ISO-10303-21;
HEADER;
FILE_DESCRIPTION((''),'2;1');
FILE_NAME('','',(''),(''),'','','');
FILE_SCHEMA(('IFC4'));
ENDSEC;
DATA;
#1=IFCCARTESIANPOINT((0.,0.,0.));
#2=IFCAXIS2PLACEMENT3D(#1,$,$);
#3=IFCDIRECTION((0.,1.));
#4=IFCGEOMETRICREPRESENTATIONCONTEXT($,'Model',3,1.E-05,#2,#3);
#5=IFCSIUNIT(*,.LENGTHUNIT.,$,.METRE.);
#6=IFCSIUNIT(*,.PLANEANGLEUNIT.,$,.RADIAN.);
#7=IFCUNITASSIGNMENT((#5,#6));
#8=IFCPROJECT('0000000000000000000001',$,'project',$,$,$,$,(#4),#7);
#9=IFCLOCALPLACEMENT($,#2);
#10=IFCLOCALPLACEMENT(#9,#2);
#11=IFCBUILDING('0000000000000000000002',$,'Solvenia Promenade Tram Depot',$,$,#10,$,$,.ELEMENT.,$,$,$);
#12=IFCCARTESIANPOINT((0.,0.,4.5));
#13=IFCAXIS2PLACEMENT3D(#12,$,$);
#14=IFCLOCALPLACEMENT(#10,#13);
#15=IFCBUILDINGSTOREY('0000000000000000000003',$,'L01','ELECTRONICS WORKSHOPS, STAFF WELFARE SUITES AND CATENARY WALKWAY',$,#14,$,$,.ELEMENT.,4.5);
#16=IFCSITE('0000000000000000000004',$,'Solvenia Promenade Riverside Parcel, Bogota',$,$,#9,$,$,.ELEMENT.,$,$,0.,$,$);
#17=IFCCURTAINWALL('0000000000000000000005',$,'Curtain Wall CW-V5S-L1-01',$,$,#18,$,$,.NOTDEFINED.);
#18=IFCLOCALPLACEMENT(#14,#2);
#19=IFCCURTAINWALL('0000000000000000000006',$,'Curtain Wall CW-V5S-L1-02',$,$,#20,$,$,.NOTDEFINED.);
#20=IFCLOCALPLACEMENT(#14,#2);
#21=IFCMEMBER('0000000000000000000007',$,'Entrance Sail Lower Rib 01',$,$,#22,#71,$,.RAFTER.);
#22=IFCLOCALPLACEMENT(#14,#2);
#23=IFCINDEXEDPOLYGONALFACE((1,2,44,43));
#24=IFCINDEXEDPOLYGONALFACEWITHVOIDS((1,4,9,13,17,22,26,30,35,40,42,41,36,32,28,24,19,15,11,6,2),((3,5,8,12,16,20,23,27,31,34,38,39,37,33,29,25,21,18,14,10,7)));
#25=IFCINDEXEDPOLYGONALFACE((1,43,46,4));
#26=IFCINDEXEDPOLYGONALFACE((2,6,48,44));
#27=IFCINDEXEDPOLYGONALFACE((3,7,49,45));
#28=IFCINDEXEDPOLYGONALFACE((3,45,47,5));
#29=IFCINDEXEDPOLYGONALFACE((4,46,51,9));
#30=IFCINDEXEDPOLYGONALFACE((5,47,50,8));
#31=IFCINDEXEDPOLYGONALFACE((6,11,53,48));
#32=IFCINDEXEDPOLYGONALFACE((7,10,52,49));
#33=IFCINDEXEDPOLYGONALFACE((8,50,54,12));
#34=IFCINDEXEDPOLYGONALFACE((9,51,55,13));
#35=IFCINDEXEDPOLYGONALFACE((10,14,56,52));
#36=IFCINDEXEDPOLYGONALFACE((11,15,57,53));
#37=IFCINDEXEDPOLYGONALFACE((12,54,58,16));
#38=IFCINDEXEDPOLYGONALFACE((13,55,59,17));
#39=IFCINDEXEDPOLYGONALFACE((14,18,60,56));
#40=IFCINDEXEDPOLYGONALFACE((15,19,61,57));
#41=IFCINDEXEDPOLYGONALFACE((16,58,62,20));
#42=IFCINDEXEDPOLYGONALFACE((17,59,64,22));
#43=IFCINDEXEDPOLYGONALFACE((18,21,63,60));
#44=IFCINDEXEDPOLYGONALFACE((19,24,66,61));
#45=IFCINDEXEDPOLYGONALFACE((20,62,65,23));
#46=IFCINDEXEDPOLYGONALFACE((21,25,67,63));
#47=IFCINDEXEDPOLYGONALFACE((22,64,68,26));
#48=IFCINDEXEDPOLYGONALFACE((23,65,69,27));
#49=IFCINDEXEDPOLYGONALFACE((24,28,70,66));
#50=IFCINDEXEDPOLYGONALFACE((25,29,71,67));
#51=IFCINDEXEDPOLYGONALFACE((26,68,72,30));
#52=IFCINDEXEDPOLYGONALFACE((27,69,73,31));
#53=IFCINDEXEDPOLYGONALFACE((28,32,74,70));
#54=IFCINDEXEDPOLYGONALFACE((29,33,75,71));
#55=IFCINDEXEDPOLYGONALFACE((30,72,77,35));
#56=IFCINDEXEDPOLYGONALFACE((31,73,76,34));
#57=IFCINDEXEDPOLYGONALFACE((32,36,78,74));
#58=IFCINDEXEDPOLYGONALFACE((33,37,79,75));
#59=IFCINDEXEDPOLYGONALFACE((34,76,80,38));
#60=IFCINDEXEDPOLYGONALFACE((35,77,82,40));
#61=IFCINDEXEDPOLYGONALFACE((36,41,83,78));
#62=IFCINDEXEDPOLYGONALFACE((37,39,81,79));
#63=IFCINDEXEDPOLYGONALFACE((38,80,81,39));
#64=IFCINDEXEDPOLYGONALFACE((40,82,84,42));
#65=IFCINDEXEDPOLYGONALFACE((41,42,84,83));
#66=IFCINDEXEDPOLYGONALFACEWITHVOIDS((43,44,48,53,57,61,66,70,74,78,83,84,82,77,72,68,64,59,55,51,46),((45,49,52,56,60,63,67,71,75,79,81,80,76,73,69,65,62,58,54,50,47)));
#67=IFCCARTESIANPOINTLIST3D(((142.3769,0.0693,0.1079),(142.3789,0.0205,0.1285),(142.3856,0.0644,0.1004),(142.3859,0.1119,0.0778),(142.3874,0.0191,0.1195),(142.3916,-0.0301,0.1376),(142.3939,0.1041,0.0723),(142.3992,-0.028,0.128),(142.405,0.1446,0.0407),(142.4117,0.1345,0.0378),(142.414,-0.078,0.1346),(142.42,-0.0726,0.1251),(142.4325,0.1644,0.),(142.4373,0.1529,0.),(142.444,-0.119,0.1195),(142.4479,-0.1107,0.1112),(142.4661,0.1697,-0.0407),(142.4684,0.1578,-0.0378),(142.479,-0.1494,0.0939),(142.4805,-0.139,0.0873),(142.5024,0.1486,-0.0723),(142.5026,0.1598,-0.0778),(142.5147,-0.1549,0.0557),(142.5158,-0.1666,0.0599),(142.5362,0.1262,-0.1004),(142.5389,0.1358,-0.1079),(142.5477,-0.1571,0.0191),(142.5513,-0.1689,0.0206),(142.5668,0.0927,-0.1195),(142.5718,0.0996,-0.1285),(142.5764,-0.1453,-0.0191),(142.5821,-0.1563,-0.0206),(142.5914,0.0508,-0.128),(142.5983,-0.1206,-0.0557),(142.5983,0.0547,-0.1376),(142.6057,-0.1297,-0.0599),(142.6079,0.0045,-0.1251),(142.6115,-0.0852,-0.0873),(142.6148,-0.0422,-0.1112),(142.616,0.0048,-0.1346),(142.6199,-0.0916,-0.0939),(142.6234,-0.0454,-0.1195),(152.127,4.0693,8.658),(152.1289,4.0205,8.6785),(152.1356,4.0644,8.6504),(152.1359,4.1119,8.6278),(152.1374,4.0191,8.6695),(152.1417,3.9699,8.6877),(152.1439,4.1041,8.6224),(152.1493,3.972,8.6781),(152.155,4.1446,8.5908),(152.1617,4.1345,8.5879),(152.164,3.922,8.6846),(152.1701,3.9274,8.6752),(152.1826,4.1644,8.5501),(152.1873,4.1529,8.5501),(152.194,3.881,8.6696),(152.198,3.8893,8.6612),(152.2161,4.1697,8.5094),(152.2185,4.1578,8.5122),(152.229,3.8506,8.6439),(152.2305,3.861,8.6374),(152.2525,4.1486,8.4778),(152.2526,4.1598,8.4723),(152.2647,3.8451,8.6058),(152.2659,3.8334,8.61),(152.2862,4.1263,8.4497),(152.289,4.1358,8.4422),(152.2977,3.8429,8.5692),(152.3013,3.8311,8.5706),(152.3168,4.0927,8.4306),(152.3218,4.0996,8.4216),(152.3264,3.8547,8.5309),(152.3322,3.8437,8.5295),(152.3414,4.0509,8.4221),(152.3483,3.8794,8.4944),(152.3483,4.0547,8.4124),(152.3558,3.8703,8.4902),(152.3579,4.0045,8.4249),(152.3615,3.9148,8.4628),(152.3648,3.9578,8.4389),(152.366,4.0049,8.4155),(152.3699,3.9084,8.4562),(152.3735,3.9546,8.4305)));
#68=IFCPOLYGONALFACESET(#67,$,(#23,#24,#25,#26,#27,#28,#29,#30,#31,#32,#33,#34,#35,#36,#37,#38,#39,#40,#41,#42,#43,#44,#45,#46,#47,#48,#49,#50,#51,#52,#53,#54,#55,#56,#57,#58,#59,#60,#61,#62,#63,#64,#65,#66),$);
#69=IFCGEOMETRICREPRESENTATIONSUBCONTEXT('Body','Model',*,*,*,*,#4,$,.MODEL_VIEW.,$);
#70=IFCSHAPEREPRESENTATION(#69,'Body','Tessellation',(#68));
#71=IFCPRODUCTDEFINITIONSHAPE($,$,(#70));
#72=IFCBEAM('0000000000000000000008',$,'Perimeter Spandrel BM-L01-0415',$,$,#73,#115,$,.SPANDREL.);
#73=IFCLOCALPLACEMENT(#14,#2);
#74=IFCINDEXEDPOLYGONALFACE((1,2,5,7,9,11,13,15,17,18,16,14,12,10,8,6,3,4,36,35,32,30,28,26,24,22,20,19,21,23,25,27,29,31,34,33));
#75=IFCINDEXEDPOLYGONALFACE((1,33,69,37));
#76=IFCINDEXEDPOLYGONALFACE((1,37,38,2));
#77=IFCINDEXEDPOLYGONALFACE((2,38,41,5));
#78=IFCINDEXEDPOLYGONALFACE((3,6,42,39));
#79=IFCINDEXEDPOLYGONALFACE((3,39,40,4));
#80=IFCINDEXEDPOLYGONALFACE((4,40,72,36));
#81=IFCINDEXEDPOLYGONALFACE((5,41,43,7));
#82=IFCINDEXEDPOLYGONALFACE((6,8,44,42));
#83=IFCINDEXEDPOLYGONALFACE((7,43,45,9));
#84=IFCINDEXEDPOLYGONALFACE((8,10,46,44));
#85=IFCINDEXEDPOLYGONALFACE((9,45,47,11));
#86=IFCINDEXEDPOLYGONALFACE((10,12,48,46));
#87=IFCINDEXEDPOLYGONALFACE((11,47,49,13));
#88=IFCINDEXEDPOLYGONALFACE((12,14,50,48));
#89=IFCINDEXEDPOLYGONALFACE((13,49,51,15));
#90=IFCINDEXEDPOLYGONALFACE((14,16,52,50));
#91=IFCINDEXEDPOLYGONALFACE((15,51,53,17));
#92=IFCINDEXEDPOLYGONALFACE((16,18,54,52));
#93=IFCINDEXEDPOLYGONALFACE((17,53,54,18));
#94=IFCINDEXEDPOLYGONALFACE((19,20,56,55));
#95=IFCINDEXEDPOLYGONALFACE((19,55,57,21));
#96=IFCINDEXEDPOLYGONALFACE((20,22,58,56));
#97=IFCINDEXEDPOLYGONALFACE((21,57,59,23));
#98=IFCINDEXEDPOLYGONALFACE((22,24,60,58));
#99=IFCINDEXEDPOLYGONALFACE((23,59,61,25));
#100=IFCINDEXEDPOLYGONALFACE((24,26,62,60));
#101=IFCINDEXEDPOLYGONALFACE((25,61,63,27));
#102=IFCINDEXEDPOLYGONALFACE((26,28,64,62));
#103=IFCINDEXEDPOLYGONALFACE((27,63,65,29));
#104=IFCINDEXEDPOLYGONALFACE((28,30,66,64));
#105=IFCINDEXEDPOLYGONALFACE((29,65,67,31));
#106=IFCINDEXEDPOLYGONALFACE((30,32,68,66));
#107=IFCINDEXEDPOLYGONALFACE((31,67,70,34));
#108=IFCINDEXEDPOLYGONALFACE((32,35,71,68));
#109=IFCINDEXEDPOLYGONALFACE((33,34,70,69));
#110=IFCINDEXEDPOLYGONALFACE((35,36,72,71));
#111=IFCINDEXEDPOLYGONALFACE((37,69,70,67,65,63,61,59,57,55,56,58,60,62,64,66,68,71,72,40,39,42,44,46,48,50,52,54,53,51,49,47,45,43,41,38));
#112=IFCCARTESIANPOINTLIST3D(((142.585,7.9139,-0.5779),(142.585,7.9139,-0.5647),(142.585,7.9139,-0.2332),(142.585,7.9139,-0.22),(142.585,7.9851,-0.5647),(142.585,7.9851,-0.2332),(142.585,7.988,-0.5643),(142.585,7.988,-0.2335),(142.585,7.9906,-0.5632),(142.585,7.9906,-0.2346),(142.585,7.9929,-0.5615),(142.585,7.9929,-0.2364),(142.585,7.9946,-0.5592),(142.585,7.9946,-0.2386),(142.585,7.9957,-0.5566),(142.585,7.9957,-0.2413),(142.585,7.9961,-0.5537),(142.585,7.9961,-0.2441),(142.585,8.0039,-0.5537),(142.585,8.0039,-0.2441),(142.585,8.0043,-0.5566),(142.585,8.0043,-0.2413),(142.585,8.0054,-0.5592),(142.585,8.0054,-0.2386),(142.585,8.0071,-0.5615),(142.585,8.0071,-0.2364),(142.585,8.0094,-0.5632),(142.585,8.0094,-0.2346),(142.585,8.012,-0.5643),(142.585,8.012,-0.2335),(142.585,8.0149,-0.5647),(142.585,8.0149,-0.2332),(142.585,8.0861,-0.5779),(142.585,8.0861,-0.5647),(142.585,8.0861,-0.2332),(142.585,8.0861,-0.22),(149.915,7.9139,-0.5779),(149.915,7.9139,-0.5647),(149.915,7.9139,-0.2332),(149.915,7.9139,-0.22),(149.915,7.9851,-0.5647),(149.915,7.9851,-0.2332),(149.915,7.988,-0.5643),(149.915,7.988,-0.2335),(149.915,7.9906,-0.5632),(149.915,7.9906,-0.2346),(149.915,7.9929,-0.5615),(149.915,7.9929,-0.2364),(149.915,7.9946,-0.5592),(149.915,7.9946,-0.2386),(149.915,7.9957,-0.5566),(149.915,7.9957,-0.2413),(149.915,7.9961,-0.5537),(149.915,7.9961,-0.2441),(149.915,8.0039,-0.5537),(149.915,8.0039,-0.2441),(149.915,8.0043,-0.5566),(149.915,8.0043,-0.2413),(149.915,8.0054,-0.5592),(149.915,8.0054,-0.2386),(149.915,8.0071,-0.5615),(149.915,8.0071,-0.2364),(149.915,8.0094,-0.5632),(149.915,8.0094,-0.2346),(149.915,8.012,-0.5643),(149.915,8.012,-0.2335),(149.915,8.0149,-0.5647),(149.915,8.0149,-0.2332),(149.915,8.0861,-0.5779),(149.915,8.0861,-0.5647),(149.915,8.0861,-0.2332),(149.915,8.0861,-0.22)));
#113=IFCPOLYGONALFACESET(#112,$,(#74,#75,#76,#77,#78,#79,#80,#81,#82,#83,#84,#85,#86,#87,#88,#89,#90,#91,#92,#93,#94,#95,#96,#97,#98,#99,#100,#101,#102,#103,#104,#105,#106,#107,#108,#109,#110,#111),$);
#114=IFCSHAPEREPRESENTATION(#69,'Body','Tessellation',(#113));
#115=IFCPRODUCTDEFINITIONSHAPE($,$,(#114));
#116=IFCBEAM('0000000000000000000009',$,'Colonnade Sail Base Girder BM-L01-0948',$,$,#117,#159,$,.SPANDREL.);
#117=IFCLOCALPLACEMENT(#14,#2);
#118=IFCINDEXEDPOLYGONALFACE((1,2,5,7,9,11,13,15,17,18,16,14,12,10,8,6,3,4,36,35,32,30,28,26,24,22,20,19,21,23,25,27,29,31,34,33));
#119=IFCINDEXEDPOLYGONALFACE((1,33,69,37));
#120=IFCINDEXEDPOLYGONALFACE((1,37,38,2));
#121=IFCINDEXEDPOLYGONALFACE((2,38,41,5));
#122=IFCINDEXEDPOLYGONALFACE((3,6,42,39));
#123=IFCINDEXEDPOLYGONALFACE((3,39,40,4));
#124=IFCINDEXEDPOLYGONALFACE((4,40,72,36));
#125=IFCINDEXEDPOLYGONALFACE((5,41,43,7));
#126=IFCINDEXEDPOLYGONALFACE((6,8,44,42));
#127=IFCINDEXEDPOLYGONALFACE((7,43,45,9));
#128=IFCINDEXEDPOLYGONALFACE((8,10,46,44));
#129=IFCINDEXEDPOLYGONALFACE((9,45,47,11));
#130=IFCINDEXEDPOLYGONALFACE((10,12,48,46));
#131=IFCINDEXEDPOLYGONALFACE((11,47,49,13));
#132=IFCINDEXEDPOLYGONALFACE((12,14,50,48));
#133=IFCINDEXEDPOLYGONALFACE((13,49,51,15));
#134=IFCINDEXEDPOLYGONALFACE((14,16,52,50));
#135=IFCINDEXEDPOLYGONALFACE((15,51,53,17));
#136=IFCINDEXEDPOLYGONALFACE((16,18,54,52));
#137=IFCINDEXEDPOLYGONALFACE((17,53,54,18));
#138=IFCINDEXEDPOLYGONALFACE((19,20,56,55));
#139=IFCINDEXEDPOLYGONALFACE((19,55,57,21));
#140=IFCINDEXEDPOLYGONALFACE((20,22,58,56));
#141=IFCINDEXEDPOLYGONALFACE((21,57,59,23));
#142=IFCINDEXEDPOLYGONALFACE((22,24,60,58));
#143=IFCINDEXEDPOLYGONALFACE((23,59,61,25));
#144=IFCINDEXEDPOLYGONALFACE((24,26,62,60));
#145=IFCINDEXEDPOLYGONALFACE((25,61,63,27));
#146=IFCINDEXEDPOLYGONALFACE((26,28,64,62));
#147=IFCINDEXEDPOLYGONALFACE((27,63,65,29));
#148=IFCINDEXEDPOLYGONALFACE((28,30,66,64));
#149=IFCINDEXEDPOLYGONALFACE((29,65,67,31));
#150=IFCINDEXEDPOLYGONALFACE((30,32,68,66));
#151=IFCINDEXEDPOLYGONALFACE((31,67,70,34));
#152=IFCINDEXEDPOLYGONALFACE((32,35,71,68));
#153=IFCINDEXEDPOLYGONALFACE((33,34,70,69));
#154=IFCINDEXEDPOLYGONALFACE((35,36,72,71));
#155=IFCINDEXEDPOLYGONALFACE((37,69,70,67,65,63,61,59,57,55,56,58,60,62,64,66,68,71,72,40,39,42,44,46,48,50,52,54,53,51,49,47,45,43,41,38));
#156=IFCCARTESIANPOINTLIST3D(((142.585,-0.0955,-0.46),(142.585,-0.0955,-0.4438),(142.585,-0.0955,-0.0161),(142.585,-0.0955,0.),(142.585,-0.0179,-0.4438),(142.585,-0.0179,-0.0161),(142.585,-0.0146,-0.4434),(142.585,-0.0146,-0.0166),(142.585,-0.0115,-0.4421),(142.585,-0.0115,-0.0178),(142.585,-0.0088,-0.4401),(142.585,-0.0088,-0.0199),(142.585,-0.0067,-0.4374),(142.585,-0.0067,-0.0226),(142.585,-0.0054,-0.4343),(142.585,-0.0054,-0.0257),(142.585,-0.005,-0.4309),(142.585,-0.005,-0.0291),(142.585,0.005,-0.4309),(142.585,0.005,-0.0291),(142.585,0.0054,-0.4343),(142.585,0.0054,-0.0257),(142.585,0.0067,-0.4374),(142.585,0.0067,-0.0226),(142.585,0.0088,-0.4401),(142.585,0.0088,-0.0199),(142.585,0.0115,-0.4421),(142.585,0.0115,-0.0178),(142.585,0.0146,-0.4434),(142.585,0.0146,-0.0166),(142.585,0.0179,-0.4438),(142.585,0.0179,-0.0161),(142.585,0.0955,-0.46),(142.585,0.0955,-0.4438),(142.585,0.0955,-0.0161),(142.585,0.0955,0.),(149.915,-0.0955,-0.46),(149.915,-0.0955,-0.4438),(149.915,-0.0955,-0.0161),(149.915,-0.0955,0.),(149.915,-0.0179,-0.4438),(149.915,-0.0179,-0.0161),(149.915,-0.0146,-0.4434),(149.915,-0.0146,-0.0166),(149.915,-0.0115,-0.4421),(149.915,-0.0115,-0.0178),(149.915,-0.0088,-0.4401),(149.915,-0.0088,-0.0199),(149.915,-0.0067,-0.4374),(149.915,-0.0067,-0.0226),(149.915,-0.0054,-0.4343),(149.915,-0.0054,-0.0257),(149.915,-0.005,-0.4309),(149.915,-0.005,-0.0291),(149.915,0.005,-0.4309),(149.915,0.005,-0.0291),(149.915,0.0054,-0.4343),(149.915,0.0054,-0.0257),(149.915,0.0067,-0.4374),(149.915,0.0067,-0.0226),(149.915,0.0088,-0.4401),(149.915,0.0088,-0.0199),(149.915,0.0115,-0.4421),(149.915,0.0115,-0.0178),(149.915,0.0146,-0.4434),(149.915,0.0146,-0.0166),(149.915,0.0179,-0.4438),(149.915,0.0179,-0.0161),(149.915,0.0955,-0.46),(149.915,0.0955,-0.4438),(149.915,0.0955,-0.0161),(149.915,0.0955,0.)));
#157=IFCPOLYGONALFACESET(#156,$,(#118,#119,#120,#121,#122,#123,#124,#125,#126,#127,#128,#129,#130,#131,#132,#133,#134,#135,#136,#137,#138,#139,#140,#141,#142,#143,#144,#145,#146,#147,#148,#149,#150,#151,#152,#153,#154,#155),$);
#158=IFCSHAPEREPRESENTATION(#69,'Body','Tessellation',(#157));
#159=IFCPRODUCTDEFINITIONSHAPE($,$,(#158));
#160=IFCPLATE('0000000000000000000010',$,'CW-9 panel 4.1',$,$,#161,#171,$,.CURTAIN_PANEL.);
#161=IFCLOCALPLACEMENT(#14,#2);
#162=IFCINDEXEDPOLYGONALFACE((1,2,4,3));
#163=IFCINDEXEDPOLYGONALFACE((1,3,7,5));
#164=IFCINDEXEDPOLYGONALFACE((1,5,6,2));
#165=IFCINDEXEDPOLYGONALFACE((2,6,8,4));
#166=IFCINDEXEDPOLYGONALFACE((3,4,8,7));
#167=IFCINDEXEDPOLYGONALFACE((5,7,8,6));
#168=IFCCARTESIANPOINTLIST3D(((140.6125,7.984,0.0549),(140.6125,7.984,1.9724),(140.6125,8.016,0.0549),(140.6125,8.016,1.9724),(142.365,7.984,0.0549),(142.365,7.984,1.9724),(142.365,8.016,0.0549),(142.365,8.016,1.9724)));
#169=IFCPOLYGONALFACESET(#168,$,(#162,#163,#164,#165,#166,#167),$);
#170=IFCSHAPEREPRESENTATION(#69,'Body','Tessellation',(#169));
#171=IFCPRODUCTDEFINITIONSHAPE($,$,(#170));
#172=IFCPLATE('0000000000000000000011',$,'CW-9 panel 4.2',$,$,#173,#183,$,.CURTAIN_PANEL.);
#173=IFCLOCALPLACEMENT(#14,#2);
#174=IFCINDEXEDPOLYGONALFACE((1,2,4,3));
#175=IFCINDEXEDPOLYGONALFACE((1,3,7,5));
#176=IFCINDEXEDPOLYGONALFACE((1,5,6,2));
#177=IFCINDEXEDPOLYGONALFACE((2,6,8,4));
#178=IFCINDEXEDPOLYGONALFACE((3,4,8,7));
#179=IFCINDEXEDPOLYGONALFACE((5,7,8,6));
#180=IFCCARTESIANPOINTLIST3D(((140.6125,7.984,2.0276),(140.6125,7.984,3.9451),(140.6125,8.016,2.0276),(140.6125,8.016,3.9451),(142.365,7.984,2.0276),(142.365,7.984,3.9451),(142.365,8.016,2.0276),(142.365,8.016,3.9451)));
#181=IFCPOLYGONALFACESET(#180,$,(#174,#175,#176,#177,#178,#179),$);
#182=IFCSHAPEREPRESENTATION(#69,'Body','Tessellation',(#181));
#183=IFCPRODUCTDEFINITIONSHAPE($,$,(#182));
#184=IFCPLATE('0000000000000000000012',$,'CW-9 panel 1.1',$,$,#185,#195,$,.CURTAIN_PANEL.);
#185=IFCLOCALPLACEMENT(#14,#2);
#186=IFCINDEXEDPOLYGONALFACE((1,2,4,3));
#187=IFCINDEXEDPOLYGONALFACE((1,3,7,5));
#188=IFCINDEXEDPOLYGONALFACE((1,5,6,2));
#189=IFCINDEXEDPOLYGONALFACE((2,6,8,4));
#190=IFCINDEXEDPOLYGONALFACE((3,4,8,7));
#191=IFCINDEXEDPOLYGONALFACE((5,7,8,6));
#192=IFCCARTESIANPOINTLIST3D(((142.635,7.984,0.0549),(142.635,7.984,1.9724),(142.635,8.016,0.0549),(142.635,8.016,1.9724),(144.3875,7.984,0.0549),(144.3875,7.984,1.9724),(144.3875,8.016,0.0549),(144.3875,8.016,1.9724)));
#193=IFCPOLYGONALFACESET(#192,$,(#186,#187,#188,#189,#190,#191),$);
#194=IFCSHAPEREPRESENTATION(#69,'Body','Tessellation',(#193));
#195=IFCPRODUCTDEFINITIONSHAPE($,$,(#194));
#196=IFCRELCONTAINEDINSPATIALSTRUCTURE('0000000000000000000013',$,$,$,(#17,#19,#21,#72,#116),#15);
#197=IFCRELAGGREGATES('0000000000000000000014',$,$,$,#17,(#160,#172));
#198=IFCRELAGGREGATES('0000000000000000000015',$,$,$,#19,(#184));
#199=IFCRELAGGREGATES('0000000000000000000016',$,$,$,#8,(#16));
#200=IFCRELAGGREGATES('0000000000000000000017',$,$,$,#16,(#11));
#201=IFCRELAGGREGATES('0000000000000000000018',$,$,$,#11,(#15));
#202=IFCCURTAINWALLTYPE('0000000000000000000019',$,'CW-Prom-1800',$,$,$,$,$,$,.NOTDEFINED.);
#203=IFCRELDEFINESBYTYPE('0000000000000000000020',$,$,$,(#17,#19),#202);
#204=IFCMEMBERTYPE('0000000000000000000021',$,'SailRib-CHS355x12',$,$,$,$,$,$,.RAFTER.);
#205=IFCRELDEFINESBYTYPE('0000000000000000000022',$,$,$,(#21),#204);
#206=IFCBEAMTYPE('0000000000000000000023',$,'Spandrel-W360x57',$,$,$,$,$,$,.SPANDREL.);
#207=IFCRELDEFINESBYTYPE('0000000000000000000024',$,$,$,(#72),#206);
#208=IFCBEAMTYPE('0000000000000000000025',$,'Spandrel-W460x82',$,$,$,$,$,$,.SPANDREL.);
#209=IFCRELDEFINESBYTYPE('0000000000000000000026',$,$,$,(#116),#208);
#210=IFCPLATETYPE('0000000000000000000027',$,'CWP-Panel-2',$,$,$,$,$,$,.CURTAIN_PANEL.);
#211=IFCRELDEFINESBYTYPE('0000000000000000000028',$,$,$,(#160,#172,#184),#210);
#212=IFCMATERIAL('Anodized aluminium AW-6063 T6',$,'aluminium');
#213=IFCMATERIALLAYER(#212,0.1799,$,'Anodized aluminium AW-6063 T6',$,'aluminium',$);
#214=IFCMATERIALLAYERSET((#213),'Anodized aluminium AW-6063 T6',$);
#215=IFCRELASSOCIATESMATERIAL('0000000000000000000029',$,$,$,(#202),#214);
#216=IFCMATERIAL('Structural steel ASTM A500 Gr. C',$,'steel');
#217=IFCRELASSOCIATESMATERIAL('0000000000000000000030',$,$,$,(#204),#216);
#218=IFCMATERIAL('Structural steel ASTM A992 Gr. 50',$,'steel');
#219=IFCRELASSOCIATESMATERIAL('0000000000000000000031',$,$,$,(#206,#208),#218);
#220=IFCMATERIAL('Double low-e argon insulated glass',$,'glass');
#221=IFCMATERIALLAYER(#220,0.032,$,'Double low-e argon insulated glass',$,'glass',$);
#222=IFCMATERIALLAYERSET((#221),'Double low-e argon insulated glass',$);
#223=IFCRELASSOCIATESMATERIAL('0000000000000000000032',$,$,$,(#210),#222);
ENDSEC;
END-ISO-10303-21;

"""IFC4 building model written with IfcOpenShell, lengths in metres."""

from ifc_helpers import new_model, si_unit, direction, frame, origin, origin_2d, place, context, subcontext, project, spatial, rectangle, hollow_circle, i_section, extrude, material, layer, layer_set, material_profile, profile_set, type_object, element, aggregate, save


model = new_model("IFC4")

# Units and contexts
model_context = context("Model", 3, precision=1e-05, world=origin(), true_north=direction((0.0, 1.0)))
body_context = subcontext(model_context, "Body", "Model", "MODEL_VIEW")
ifc_project = project(units=[si_unit("LENGTHUNIT", "METRE"), si_unit("PLANEANGLEUNIT", "RADIAN")], contexts=[model_context])

# Site, building, storey
site_placement = place(None, origin())
site = spatial("IfcSite", under=ifc_project, at=site_placement, Name="Solvenia Promenade Riverside Parcel, Bogota", CompositionType="ELEMENT", RefElevation=0.0)
building_placement = place(site_placement, origin())
building = spatial("IfcBuilding", under=site, at=building_placement, Name="Solvenia Promenade Tram Depot", CompositionType="ELEMENT")
storey_placement = place(building_placement, frame((0.0, 0.0, 4.5)))
storey = spatial("IfcBuildingStorey", under=building, at=storey_placement, Name="L01", Description="ELECTRONICS WORKSHOPS, STAFF WELFARE SUITES AND CATENARY WALKWAY", CompositionType="ELEMENT", Elevation=4.5)

# Shared definitions
ifc_material_1 = material(Name="Structural steel ASTM A992 Gr. 50", Category="steel")

# Curtain wall
ifc_material_2 = material(Name="Anodized aluminium AW-6063 T6", Category="aluminium")
ifc_layer_1 = layer(ifc_material_2, 0.1799, Name="Anodized aluminium AW-6063 T6", Category="aluminium")
ifc_layer_set_1 = layer_set([ifc_layer_1], Name="Anodized aluminium AW-6063 T6")
curtain_wall_type = type_object("IfcCurtainWallType", Name="CW-Prom-1800", PredefinedType="NOTDEFINED", material=ifc_layer_set_1)
curtain_wall_1_placement = place(storey_placement, origin())
curtain_wall_1 = element("IfcCurtainWall", 1, at=curtain_wall_1_placement, inside=storey, type_object=curtain_wall_type, Name="Curtain Wall CW-V5S-L1-01", PredefinedType="NOTDEFINED")

# Curtain wall
curtain_wall_2_placement = place(storey_placement, origin())
curtain_wall_2 = element("IfcCurtainWall", 2, at=curtain_wall_2_placement, inside=storey, type_object=curtain_wall_type, Name="Curtain Wall CW-V5S-L1-02", PredefinedType="NOTDEFINED")

# Member
ifc_material_3 = material(Name="Structural steel ASTM A500 Gr. C", Category="steel")
ifc_material_profile_1 = material_profile(ifc_material_3, hollow_circle(Radius=0.1777, WallThickness=0.0125, at=origin_2d()), Name="CHS355.6x12.5", Category="steel")
ifc_profile_set_1 = profile_set([ifc_material_profile_1], Name="Structural steel ASTM A500 Gr. C")
member_type_1 = type_object("IfcMemberType", Name="SailRib-CHS355x12", PredefinedType="RAFTER", material=ifc_profile_set_1)
member_1_placement = place(storey_placement, frame((142.5, 0.0, 0.0), z_axis=(0.718456, 0.294751, 0.630034), x_axis=(-0.379556, 0.925169, 0.0)))
element("IfcMember", 3, at=member_1_placement, inside=storey, type_object=member_type_1, Name="Entrance Sail Lower Rib 01", PredefinedType="RAFTER", context=body_context, shape_type="SweptSolid", body=[
    extrude(hollow_circle(Radius=0.1777, WallThickness=0.0125, at=origin_2d()), origin(), (0.0, 0.0, 1.0), 13.5708),
])

# Beams
ifc_material_profile_2 = material_profile(ifc_material_1, i_section(OverallWidth=0.1721, OverallDepth=0.3579, WebThickness=0.0078, FlangeThickness=0.0132, FilletRadius=0.011, at=origin_2d()), Name="W360x57", Category="steel")
ifc_profile_set_2 = profile_set([ifc_material_profile_2], Name="Structural steel ASTM A992 Gr. 50")
beam_type_1 = type_object("IfcBeamType", Name="Spandrel-W360x57", PredefinedType="SPANDREL", material=ifc_profile_set_2)
beam_1_placement = place(storey_placement, frame((142.585, 8.0, -0.3989), z_axis=(1.0, 0.0, 0.0), x_axis=(0.0, 1.0, 0.0)))
element("IfcBeam", 4, at=beam_1_placement, inside=storey, type_object=beam_type_1, Name="Perimeter Spandrel BM-L01-0415", PredefinedType="SPANDREL", context=body_context, shape_type="SweptSolid", body=[
    extrude(i_section(OverallWidth=0.1721, OverallDepth=0.3579, WebThickness=0.0078, FlangeThickness=0.0132, FilletRadius=0.011, at=origin_2d()), origin(), (0.0, 0.0, 1.0), 7.3301),
])
ifc_material_profile_3 = material_profile(ifc_material_1, i_section(OverallWidth=0.1909, OverallDepth=0.46, WebThickness=0.01, FlangeThickness=0.0161, FilletRadius=0.0129, at=origin_2d()), Name="W460x82", Category="steel")
ifc_profile_set_3 = profile_set([ifc_material_profile_3], Name="Structural steel ASTM A992 Gr. 50")
beam_type_2 = type_object("IfcBeamType", Name="Spandrel-W460x82", PredefinedType="SPANDREL", material=ifc_profile_set_3)
beam_2_placement = place(storey_placement, frame((142.585, 0.0, -0.23), z_axis=(1.0, 0.0, 0.0), x_axis=(0.0, 1.0, 0.0)))
element("IfcBeam", 5, at=beam_2_placement, inside=storey, type_object=beam_type_2, Name="Colonnade Sail Base Girder BM-L01-0948", PredefinedType="SPANDREL", context=body_context, shape_type="SweptSolid", body=[
    extrude(i_section(OverallWidth=0.1909, OverallDepth=0.46, WebThickness=0.01, FlangeThickness=0.0161, FilletRadius=0.0129, at=origin_2d()), origin(), (0.0, 0.0, 1.0), 7.3301),
])

# Plates
ifc_material_4 = material(Name="Double low-e argon insulated glass", Category="glass")
ifc_layer_2 = layer(ifc_material_4, 0.032, Name="Double low-e argon insulated glass", Category="glass")
ifc_layer_set_2 = layer_set([ifc_layer_2], Name="Double low-e argon insulated glass")
plate_type_1 = type_object("IfcPlateType", Name="CWP-Panel-2", PredefinedType="CURTAIN_PANEL", material=ifc_layer_set_2)
plate_1_placement = place(storey_placement, frame((141.4888, 8.0, 0.0549), z_axis=(0.0, 0.0, 1.0), x_axis=(1.0, 0.0, 0.0)))
plate_1 = element("IfcPlate", 6, at=plate_1_placement, type_object=plate_type_1, Name="CW-9 panel 4.1", PredefinedType="CURTAIN_PANEL", context=body_context, shape_type="SweptSolid", body=[
    extrude(rectangle(XDim=1.7524, YDim=0.032, at=origin_2d()), origin(), (0.0, 0.0, 1.0), 1.9175),
])
plate_2_placement = place(storey_placement, frame((141.4888, 8.0, 2.0276), z_axis=(0.0, 0.0, 1.0), x_axis=(1.0, 0.0, 0.0)))
plate_2 = element("IfcPlate", 7, at=plate_2_placement, type_object=plate_type_1, Name="CW-9 panel 4.2", PredefinedType="CURTAIN_PANEL", context=body_context, shape_type="SweptSolid", body=[
    extrude(rectangle(XDim=1.7524, YDim=0.032, at=origin_2d()), origin(), (0.0, 0.0, 1.0), 1.9175),
])
aggregate(curtain_wall_1, [plate_1, plate_2])
plate_3_placement = place(storey_placement, frame((143.5112, 8.0, 0.0549), z_axis=(0.0, 0.0, 1.0), x_axis=(1.0, 0.0, 0.0)))
plate_3 = element("IfcPlate", 8, at=plate_3_placement, type_object=plate_type_1, Name="CW-9 panel 1.1", PredefinedType="CURTAIN_PANEL", context=body_context, shape_type="SweptSolid", body=[
    extrude(rectangle(XDim=1.7524, YDim=0.032, at=origin_2d()), origin(), (0.0, 0.0, 1.0), 1.9175),
])
aggregate(curtain_wall_2, [plate_3])

save(model, "model.ifc")
